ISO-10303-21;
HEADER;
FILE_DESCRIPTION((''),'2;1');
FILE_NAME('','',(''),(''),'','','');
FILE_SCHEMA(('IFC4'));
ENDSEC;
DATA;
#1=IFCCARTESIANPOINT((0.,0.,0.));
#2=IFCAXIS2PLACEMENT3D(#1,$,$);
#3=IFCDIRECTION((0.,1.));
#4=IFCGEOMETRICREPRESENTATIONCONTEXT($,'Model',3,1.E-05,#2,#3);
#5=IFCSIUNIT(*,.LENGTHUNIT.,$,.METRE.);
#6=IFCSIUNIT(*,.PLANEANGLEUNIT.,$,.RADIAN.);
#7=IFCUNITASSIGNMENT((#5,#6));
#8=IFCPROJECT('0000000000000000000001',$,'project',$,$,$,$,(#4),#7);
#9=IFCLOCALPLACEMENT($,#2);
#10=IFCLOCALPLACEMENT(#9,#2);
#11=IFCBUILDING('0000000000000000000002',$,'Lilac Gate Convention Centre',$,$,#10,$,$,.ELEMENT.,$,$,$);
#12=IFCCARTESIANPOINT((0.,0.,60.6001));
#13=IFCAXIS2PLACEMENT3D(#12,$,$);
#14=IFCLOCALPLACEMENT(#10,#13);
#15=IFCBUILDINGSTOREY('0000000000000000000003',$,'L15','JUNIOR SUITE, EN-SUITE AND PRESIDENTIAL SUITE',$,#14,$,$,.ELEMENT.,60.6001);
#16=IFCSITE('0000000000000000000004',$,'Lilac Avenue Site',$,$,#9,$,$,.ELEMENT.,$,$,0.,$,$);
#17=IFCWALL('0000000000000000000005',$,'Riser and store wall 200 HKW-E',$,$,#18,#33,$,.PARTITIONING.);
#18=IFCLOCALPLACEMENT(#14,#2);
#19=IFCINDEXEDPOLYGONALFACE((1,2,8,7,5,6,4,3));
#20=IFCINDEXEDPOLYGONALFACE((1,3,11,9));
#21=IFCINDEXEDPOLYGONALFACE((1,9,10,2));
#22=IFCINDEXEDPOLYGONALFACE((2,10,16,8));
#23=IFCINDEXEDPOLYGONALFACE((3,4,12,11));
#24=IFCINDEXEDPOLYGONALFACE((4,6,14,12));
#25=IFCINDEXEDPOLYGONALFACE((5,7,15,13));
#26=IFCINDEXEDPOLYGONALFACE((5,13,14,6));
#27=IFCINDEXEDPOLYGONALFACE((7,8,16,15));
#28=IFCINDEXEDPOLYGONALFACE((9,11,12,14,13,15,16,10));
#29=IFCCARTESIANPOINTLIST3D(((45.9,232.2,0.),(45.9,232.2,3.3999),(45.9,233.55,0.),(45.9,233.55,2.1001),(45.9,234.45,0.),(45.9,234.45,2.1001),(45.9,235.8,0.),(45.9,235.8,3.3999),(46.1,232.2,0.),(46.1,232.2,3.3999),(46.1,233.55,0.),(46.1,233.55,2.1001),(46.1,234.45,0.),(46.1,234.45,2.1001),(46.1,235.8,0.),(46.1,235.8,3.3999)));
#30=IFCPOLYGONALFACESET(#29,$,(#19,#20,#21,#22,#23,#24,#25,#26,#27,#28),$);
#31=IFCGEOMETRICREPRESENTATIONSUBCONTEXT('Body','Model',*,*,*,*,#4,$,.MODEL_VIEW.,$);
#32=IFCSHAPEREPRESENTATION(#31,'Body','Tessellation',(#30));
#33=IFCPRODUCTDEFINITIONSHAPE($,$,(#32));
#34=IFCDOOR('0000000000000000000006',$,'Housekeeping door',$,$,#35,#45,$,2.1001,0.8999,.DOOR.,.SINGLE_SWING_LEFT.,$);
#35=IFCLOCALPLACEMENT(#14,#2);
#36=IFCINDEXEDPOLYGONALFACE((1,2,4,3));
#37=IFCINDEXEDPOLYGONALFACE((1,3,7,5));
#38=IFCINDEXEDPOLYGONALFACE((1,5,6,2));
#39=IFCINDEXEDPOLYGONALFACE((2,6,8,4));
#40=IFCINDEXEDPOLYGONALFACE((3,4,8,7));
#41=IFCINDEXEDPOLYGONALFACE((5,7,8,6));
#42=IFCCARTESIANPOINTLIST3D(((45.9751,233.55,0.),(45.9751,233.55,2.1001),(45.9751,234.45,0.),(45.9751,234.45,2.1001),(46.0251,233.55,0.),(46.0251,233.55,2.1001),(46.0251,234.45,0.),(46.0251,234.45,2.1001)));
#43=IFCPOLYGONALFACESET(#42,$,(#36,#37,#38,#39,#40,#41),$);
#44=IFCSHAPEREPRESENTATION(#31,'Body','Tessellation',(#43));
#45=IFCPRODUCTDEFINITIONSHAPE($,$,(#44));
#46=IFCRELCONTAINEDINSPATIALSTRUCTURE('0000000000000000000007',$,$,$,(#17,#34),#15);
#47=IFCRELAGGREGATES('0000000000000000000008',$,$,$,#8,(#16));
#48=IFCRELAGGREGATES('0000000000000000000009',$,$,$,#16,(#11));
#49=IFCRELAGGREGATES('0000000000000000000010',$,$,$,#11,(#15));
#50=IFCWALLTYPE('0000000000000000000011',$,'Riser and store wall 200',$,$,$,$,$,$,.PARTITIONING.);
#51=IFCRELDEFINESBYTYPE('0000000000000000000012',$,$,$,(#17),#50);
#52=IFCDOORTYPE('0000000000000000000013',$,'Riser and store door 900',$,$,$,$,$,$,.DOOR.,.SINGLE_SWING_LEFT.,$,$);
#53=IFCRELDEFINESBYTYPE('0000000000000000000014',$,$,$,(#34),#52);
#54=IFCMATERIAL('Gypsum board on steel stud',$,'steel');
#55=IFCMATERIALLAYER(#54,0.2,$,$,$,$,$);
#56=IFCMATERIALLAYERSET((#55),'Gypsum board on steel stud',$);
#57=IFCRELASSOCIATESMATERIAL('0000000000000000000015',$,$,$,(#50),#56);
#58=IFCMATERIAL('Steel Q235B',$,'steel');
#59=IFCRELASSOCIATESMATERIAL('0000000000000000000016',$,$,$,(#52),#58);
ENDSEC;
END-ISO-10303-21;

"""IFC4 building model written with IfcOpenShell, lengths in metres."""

from ifc_helpers import new_model, si_unit, direction, frame, frame_2d, origin, place, context, subcontext, project, spatial, rectangle, extrude, material, layer, layer_set, type_object, element, fill, save


model = new_model("IFC4")

# Units and contexts
model_context = context("Model", 3, precision=1e-05, world=origin(), true_north=direction((0.0, 1.0)))
body_context = subcontext(model_context, "Body", "Model", "MODEL_VIEW")
ifc_project = project(units=[si_unit("LENGTHUNIT", "METRE"), si_unit("PLANEANGLEUNIT", "RADIAN")], contexts=[model_context])

# Site, building, storey
site_placement = place(None, origin())
site = spatial("IfcSite", under=ifc_project, at=site_placement, Name="Lilac Avenue Site", CompositionType="ELEMENT", RefElevation=0.0)
building_placement = place(site_placement, origin())
building = spatial("IfcBuilding", under=site, at=building_placement, Name="Lilac Gate Convention Centre", CompositionType="ELEMENT")
storey_placement = place(building_placement, frame((0.0, 0.0, 60.6001)))
storey = spatial("IfcBuildingStorey", under=building, at=storey_placement, Name="L15", Description="JUNIOR SUITE, EN-SUITE AND PRESIDENTIAL SUITE", CompositionType="ELEMENT", Elevation=60.6001)

# Shared definitions
ifc_material_1 = material(Name="Gypsum board on steel stud", Category="steel")

# Shared definitions
ifc_layer_1 = layer(ifc_material_1, 0.2)
ifc_layer_set_1 = layer_set([ifc_layer_1], Name="Gypsum board on steel stud")
wall_type_1 = type_object("IfcWallType", Name="Riser and store wall 200", PredefinedType="PARTITIONING", material=ifc_layer_set_1)

# Wall, opening, door
wall_1_placement = place(storey_placement, frame((46.0, 232.2, 0.0), z_axis=(0.0, 0.0, 1.0), x_axis=(0.0, 1.0, 0.0)))
wall_1 = element("IfcWall", 1, at=wall_1_placement, inside=storey, type_object=wall_type_1, Name="Riser and store wall 200 HKW-E", PredefinedType="PARTITIONING", context=body_context, shape_type="SweptSolid", body=[
    extrude(rectangle(XDim=3.6001, YDim=0.2, at=frame_2d((1.8, 0.0))), origin(), (0.0, 0.0, 1.0), 3.3999),
])
opening_1_placement = place(wall_1_placement, frame((1.3501, 0.0, 0.0)))
opening_1 = element("IfcOpeningElement", 2, at=opening_1_placement, cuts=wall_1, PredefinedType="OPENING", context=body_context, shape_type="SweptSolid", body=[
    extrude(rectangle(XDim=0.8999, YDim=2.1001, at=frame_2d((0.45, 1.05))), frame((0.0, 0.1099, 0.0), z_axis=(0.0, -1.0, 0.0), x_axis=(1.0, 0.0, 0.0)), (0.0, 0.0, 1.0), 0.22),
])
ifc_material_2 = material(Name="Steel Q235B", Category="steel")
door_type_1 = type_object("IfcDoorType", Name="Riser and store door 900", OperationType="SINGLE_SWING_LEFT", PredefinedType="DOOR", material=ifc_material_2)
door_1_placement = place(opening_1_placement, origin())
door_1 = element("IfcDoor", 3, at=door_1_placement, inside=storey, type_object=door_type_1, Name="Housekeeping door", OperationType="SINGLE_SWING_LEFT", OverallHeight=2.1001, OverallWidth=0.8999, PredefinedType="DOOR", context=body_context, shape_type="SweptSolid", body=[
    extrude(rectangle(XDim=0.8999, YDim=2.1001, at=frame_2d((0.45, 1.05))), frame((0.0, 0.0249, 0.0), z_axis=(0.0, -1.0, 0.0), x_axis=(1.0, 0.0, 0.0)), (0.0, 0.0, 1.0), 0.05),
])
fill(opening_1, door_1)

save(model, "model.ifc")
